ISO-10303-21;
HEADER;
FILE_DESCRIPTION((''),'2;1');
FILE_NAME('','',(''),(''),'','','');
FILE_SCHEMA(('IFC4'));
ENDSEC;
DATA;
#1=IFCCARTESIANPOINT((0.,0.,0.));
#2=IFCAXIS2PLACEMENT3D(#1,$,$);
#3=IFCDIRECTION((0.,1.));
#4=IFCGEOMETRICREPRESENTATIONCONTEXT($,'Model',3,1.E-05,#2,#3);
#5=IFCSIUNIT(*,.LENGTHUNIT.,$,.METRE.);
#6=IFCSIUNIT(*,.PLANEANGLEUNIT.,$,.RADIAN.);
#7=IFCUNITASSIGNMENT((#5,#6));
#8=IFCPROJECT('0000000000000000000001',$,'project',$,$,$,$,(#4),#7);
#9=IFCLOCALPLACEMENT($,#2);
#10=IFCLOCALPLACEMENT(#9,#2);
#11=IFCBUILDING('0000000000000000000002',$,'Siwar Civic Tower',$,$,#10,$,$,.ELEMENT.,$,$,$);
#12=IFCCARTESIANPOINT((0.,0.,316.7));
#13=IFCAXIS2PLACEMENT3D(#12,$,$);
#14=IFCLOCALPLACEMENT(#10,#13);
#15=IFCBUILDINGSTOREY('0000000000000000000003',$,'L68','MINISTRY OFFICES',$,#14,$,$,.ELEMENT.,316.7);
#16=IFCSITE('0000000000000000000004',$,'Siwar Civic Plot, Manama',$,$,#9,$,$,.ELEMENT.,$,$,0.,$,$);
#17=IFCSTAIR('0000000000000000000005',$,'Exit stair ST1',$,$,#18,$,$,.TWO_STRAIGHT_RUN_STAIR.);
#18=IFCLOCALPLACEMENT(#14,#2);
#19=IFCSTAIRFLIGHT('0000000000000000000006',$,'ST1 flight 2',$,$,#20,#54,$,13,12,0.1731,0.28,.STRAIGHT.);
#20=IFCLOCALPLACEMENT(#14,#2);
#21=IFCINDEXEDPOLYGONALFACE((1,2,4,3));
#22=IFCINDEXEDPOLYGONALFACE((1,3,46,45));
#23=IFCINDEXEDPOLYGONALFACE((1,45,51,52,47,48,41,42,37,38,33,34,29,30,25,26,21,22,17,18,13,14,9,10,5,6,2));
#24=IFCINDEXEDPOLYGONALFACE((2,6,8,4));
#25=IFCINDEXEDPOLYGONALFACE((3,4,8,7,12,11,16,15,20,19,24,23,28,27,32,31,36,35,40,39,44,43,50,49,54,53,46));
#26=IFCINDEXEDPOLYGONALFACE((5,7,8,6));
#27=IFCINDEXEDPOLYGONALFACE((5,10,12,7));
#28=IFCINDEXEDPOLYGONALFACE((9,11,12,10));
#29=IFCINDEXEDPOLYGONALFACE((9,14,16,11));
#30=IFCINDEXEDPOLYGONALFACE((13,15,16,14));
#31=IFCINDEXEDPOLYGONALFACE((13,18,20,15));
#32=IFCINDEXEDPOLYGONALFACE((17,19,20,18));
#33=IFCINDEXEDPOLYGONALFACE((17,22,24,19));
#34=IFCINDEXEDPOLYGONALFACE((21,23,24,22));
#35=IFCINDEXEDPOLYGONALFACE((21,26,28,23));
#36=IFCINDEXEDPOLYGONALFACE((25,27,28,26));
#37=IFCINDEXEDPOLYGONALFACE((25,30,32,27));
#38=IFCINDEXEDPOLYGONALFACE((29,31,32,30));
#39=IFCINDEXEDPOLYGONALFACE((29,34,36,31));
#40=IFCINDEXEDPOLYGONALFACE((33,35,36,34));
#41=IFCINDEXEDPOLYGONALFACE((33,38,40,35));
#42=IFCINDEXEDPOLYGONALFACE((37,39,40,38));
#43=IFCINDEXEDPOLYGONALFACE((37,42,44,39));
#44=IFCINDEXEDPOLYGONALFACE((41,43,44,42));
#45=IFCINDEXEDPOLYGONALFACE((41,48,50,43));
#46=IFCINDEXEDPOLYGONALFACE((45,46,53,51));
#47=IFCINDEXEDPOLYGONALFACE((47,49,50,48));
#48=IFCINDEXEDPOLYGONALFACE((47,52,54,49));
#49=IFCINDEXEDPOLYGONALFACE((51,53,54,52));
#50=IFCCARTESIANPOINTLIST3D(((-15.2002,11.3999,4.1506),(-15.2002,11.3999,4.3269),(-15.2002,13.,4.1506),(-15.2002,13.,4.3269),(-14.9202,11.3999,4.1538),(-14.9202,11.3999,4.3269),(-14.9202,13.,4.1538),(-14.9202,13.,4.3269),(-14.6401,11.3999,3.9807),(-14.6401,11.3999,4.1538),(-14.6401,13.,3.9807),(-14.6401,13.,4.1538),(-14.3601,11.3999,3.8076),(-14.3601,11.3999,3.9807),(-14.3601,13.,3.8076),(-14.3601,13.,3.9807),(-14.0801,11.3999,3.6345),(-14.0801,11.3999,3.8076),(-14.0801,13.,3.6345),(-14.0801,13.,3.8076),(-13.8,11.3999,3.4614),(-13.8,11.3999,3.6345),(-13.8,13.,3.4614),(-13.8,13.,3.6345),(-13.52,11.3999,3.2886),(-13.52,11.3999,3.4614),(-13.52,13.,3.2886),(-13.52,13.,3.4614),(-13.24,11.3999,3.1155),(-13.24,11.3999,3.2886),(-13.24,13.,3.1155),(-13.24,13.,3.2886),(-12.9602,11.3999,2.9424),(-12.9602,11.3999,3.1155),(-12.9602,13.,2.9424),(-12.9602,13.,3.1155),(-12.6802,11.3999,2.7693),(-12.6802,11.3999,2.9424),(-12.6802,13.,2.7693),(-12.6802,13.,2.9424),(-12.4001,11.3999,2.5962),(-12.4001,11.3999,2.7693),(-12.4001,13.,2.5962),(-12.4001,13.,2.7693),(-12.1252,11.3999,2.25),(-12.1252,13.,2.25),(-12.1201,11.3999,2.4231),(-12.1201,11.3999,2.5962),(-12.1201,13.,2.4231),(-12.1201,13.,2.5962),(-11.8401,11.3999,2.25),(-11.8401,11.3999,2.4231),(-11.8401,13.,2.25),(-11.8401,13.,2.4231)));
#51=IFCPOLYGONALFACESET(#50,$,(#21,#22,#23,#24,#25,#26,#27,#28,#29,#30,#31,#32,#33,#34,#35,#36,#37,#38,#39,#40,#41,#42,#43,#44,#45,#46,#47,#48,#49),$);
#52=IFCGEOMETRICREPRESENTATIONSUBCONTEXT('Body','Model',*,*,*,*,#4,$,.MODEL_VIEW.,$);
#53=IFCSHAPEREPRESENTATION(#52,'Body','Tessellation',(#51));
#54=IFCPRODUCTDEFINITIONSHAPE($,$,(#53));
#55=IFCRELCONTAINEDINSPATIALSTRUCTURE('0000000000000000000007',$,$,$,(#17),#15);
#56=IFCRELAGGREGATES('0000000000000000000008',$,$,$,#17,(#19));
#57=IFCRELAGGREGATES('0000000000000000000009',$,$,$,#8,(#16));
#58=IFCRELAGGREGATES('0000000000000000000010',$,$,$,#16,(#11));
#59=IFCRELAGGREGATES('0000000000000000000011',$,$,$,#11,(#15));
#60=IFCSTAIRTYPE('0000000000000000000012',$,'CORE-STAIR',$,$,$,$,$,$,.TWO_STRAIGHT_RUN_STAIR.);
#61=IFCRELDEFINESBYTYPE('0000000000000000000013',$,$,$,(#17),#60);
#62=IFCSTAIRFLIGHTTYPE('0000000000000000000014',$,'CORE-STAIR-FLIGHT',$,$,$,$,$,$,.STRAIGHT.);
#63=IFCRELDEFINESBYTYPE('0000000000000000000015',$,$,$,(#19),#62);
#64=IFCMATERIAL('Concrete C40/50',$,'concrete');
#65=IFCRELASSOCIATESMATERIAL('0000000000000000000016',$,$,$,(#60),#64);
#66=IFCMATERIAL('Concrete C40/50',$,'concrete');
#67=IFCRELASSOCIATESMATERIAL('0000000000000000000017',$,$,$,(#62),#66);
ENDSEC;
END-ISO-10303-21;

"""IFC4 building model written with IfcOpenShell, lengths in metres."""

from ifc_helpers import new_model, si_unit, direction, frame, origin, place, context, subcontext, project, spatial, polyline, outline, extrude, material, type_object, element, aggregate, save


model = new_model("IFC4")

# Units and contexts
model_context = context("Model", 3, precision=1e-05, world=origin(), true_north=direction((0.0, 1.0)))
body_context = subcontext(model_context, "Body", "Model", "MODEL_VIEW")
ifc_project = project(units=[si_unit("LENGTHUNIT", "METRE"), si_unit("PLANEANGLEUNIT", "RADIAN")], contexts=[model_context])

# Site, building, storey
site_placement = place(None, origin())
site = spatial("IfcSite", under=ifc_project, at=site_placement, Name="Siwar Civic Plot, Manama", CompositionType="ELEMENT", RefElevation=0.0)
building_placement = place(site_placement, origin())
building = spatial("IfcBuilding", under=site, at=building_placement, Name="Siwar Civic Tower", CompositionType="ELEMENT")
storey_placement = place(building_placement, frame((0.0, 0.0, 316.7)))
storey = spatial("IfcBuildingStorey", under=building, at=storey_placement, Name="L68", Description="MINISTRY OFFICES", CompositionType="ELEMENT", Elevation=316.7)

# Stair, stair flight
ifc_material_1 = material(Name="Concrete C40/50", Category="concrete")
stair_type = type_object("IfcStairType", Name="CORE-STAIR", PredefinedType="TWO_STRAIGHT_RUN_STAIR", material=ifc_material_1)
stair_placement = place(storey_placement, origin())
stair = element("IfcStair", 1, at=stair_placement, inside=storey, type_object=stair_type, Name="Exit stair ST1", PredefinedType="TWO_STRAIGHT_RUN_STAIR")
ifc_material_2 = material(Name="Concrete C40/50", Category="concrete")
stair_flight_type = type_object("IfcStairFlightType", Name="CORE-STAIR-FLIGHT", PredefinedType="STRAIGHT", material=ifc_material_2)
stair_flight_placement = place(storey_placement, frame((-11.8401, 12.2, 2.25), z_axis=(0.0, 0.0, 1.0), x_axis=(-1.0, 0.0, 0.0)))
stair_flight = element("IfcStairFlight", 2, at=stair_flight_placement, type_object=stair_flight_type, Name="ST1 flight 2", NumberOfRisers=13, NumberOfTreads=12, PredefinedType="STRAIGHT", RiserHeight=0.1731, TreadLength=0.28, context=body_context, shape_type="SweptSolid", body=[
    extrude(outline(polyline([(0.0, 0.0), (0.0, 0.1731), (0.28, 0.1731), (0.28, 0.3462), (0.5601, 0.3462), (0.5601, 0.5193), (0.8401, 0.5193), (0.8401, 0.6924), (1.1201, 0.6924), (1.1201, 0.8655), (1.3999, 0.8655), (1.3999, 1.0386), (1.6799, 1.0386), (1.6799, 1.2114), (1.96, 1.2114), (1.96, 1.3845), (2.24, 1.3845), (2.24, 1.5576), (2.52, 1.5576), (2.52, 1.7307), (2.8, 1.7307), (2.8, 1.9038), (3.0801, 1.9038), (3.0801, 2.0769), (3.3601, 2.0769), (3.3601, 2.25), (3.3601, 1.9006), (0.2852, 0.0), (0.0, 0.0)])), frame((0.0, 0.8, 0.0), z_axis=(0.0, -1.0, 0.0), x_axis=(1.0, 0.0, 0.0)), (0.0, 0.0, 1.0), 1.6001),
])
aggregate(stair, [stair_flight])

save(model, "model.ifc")
